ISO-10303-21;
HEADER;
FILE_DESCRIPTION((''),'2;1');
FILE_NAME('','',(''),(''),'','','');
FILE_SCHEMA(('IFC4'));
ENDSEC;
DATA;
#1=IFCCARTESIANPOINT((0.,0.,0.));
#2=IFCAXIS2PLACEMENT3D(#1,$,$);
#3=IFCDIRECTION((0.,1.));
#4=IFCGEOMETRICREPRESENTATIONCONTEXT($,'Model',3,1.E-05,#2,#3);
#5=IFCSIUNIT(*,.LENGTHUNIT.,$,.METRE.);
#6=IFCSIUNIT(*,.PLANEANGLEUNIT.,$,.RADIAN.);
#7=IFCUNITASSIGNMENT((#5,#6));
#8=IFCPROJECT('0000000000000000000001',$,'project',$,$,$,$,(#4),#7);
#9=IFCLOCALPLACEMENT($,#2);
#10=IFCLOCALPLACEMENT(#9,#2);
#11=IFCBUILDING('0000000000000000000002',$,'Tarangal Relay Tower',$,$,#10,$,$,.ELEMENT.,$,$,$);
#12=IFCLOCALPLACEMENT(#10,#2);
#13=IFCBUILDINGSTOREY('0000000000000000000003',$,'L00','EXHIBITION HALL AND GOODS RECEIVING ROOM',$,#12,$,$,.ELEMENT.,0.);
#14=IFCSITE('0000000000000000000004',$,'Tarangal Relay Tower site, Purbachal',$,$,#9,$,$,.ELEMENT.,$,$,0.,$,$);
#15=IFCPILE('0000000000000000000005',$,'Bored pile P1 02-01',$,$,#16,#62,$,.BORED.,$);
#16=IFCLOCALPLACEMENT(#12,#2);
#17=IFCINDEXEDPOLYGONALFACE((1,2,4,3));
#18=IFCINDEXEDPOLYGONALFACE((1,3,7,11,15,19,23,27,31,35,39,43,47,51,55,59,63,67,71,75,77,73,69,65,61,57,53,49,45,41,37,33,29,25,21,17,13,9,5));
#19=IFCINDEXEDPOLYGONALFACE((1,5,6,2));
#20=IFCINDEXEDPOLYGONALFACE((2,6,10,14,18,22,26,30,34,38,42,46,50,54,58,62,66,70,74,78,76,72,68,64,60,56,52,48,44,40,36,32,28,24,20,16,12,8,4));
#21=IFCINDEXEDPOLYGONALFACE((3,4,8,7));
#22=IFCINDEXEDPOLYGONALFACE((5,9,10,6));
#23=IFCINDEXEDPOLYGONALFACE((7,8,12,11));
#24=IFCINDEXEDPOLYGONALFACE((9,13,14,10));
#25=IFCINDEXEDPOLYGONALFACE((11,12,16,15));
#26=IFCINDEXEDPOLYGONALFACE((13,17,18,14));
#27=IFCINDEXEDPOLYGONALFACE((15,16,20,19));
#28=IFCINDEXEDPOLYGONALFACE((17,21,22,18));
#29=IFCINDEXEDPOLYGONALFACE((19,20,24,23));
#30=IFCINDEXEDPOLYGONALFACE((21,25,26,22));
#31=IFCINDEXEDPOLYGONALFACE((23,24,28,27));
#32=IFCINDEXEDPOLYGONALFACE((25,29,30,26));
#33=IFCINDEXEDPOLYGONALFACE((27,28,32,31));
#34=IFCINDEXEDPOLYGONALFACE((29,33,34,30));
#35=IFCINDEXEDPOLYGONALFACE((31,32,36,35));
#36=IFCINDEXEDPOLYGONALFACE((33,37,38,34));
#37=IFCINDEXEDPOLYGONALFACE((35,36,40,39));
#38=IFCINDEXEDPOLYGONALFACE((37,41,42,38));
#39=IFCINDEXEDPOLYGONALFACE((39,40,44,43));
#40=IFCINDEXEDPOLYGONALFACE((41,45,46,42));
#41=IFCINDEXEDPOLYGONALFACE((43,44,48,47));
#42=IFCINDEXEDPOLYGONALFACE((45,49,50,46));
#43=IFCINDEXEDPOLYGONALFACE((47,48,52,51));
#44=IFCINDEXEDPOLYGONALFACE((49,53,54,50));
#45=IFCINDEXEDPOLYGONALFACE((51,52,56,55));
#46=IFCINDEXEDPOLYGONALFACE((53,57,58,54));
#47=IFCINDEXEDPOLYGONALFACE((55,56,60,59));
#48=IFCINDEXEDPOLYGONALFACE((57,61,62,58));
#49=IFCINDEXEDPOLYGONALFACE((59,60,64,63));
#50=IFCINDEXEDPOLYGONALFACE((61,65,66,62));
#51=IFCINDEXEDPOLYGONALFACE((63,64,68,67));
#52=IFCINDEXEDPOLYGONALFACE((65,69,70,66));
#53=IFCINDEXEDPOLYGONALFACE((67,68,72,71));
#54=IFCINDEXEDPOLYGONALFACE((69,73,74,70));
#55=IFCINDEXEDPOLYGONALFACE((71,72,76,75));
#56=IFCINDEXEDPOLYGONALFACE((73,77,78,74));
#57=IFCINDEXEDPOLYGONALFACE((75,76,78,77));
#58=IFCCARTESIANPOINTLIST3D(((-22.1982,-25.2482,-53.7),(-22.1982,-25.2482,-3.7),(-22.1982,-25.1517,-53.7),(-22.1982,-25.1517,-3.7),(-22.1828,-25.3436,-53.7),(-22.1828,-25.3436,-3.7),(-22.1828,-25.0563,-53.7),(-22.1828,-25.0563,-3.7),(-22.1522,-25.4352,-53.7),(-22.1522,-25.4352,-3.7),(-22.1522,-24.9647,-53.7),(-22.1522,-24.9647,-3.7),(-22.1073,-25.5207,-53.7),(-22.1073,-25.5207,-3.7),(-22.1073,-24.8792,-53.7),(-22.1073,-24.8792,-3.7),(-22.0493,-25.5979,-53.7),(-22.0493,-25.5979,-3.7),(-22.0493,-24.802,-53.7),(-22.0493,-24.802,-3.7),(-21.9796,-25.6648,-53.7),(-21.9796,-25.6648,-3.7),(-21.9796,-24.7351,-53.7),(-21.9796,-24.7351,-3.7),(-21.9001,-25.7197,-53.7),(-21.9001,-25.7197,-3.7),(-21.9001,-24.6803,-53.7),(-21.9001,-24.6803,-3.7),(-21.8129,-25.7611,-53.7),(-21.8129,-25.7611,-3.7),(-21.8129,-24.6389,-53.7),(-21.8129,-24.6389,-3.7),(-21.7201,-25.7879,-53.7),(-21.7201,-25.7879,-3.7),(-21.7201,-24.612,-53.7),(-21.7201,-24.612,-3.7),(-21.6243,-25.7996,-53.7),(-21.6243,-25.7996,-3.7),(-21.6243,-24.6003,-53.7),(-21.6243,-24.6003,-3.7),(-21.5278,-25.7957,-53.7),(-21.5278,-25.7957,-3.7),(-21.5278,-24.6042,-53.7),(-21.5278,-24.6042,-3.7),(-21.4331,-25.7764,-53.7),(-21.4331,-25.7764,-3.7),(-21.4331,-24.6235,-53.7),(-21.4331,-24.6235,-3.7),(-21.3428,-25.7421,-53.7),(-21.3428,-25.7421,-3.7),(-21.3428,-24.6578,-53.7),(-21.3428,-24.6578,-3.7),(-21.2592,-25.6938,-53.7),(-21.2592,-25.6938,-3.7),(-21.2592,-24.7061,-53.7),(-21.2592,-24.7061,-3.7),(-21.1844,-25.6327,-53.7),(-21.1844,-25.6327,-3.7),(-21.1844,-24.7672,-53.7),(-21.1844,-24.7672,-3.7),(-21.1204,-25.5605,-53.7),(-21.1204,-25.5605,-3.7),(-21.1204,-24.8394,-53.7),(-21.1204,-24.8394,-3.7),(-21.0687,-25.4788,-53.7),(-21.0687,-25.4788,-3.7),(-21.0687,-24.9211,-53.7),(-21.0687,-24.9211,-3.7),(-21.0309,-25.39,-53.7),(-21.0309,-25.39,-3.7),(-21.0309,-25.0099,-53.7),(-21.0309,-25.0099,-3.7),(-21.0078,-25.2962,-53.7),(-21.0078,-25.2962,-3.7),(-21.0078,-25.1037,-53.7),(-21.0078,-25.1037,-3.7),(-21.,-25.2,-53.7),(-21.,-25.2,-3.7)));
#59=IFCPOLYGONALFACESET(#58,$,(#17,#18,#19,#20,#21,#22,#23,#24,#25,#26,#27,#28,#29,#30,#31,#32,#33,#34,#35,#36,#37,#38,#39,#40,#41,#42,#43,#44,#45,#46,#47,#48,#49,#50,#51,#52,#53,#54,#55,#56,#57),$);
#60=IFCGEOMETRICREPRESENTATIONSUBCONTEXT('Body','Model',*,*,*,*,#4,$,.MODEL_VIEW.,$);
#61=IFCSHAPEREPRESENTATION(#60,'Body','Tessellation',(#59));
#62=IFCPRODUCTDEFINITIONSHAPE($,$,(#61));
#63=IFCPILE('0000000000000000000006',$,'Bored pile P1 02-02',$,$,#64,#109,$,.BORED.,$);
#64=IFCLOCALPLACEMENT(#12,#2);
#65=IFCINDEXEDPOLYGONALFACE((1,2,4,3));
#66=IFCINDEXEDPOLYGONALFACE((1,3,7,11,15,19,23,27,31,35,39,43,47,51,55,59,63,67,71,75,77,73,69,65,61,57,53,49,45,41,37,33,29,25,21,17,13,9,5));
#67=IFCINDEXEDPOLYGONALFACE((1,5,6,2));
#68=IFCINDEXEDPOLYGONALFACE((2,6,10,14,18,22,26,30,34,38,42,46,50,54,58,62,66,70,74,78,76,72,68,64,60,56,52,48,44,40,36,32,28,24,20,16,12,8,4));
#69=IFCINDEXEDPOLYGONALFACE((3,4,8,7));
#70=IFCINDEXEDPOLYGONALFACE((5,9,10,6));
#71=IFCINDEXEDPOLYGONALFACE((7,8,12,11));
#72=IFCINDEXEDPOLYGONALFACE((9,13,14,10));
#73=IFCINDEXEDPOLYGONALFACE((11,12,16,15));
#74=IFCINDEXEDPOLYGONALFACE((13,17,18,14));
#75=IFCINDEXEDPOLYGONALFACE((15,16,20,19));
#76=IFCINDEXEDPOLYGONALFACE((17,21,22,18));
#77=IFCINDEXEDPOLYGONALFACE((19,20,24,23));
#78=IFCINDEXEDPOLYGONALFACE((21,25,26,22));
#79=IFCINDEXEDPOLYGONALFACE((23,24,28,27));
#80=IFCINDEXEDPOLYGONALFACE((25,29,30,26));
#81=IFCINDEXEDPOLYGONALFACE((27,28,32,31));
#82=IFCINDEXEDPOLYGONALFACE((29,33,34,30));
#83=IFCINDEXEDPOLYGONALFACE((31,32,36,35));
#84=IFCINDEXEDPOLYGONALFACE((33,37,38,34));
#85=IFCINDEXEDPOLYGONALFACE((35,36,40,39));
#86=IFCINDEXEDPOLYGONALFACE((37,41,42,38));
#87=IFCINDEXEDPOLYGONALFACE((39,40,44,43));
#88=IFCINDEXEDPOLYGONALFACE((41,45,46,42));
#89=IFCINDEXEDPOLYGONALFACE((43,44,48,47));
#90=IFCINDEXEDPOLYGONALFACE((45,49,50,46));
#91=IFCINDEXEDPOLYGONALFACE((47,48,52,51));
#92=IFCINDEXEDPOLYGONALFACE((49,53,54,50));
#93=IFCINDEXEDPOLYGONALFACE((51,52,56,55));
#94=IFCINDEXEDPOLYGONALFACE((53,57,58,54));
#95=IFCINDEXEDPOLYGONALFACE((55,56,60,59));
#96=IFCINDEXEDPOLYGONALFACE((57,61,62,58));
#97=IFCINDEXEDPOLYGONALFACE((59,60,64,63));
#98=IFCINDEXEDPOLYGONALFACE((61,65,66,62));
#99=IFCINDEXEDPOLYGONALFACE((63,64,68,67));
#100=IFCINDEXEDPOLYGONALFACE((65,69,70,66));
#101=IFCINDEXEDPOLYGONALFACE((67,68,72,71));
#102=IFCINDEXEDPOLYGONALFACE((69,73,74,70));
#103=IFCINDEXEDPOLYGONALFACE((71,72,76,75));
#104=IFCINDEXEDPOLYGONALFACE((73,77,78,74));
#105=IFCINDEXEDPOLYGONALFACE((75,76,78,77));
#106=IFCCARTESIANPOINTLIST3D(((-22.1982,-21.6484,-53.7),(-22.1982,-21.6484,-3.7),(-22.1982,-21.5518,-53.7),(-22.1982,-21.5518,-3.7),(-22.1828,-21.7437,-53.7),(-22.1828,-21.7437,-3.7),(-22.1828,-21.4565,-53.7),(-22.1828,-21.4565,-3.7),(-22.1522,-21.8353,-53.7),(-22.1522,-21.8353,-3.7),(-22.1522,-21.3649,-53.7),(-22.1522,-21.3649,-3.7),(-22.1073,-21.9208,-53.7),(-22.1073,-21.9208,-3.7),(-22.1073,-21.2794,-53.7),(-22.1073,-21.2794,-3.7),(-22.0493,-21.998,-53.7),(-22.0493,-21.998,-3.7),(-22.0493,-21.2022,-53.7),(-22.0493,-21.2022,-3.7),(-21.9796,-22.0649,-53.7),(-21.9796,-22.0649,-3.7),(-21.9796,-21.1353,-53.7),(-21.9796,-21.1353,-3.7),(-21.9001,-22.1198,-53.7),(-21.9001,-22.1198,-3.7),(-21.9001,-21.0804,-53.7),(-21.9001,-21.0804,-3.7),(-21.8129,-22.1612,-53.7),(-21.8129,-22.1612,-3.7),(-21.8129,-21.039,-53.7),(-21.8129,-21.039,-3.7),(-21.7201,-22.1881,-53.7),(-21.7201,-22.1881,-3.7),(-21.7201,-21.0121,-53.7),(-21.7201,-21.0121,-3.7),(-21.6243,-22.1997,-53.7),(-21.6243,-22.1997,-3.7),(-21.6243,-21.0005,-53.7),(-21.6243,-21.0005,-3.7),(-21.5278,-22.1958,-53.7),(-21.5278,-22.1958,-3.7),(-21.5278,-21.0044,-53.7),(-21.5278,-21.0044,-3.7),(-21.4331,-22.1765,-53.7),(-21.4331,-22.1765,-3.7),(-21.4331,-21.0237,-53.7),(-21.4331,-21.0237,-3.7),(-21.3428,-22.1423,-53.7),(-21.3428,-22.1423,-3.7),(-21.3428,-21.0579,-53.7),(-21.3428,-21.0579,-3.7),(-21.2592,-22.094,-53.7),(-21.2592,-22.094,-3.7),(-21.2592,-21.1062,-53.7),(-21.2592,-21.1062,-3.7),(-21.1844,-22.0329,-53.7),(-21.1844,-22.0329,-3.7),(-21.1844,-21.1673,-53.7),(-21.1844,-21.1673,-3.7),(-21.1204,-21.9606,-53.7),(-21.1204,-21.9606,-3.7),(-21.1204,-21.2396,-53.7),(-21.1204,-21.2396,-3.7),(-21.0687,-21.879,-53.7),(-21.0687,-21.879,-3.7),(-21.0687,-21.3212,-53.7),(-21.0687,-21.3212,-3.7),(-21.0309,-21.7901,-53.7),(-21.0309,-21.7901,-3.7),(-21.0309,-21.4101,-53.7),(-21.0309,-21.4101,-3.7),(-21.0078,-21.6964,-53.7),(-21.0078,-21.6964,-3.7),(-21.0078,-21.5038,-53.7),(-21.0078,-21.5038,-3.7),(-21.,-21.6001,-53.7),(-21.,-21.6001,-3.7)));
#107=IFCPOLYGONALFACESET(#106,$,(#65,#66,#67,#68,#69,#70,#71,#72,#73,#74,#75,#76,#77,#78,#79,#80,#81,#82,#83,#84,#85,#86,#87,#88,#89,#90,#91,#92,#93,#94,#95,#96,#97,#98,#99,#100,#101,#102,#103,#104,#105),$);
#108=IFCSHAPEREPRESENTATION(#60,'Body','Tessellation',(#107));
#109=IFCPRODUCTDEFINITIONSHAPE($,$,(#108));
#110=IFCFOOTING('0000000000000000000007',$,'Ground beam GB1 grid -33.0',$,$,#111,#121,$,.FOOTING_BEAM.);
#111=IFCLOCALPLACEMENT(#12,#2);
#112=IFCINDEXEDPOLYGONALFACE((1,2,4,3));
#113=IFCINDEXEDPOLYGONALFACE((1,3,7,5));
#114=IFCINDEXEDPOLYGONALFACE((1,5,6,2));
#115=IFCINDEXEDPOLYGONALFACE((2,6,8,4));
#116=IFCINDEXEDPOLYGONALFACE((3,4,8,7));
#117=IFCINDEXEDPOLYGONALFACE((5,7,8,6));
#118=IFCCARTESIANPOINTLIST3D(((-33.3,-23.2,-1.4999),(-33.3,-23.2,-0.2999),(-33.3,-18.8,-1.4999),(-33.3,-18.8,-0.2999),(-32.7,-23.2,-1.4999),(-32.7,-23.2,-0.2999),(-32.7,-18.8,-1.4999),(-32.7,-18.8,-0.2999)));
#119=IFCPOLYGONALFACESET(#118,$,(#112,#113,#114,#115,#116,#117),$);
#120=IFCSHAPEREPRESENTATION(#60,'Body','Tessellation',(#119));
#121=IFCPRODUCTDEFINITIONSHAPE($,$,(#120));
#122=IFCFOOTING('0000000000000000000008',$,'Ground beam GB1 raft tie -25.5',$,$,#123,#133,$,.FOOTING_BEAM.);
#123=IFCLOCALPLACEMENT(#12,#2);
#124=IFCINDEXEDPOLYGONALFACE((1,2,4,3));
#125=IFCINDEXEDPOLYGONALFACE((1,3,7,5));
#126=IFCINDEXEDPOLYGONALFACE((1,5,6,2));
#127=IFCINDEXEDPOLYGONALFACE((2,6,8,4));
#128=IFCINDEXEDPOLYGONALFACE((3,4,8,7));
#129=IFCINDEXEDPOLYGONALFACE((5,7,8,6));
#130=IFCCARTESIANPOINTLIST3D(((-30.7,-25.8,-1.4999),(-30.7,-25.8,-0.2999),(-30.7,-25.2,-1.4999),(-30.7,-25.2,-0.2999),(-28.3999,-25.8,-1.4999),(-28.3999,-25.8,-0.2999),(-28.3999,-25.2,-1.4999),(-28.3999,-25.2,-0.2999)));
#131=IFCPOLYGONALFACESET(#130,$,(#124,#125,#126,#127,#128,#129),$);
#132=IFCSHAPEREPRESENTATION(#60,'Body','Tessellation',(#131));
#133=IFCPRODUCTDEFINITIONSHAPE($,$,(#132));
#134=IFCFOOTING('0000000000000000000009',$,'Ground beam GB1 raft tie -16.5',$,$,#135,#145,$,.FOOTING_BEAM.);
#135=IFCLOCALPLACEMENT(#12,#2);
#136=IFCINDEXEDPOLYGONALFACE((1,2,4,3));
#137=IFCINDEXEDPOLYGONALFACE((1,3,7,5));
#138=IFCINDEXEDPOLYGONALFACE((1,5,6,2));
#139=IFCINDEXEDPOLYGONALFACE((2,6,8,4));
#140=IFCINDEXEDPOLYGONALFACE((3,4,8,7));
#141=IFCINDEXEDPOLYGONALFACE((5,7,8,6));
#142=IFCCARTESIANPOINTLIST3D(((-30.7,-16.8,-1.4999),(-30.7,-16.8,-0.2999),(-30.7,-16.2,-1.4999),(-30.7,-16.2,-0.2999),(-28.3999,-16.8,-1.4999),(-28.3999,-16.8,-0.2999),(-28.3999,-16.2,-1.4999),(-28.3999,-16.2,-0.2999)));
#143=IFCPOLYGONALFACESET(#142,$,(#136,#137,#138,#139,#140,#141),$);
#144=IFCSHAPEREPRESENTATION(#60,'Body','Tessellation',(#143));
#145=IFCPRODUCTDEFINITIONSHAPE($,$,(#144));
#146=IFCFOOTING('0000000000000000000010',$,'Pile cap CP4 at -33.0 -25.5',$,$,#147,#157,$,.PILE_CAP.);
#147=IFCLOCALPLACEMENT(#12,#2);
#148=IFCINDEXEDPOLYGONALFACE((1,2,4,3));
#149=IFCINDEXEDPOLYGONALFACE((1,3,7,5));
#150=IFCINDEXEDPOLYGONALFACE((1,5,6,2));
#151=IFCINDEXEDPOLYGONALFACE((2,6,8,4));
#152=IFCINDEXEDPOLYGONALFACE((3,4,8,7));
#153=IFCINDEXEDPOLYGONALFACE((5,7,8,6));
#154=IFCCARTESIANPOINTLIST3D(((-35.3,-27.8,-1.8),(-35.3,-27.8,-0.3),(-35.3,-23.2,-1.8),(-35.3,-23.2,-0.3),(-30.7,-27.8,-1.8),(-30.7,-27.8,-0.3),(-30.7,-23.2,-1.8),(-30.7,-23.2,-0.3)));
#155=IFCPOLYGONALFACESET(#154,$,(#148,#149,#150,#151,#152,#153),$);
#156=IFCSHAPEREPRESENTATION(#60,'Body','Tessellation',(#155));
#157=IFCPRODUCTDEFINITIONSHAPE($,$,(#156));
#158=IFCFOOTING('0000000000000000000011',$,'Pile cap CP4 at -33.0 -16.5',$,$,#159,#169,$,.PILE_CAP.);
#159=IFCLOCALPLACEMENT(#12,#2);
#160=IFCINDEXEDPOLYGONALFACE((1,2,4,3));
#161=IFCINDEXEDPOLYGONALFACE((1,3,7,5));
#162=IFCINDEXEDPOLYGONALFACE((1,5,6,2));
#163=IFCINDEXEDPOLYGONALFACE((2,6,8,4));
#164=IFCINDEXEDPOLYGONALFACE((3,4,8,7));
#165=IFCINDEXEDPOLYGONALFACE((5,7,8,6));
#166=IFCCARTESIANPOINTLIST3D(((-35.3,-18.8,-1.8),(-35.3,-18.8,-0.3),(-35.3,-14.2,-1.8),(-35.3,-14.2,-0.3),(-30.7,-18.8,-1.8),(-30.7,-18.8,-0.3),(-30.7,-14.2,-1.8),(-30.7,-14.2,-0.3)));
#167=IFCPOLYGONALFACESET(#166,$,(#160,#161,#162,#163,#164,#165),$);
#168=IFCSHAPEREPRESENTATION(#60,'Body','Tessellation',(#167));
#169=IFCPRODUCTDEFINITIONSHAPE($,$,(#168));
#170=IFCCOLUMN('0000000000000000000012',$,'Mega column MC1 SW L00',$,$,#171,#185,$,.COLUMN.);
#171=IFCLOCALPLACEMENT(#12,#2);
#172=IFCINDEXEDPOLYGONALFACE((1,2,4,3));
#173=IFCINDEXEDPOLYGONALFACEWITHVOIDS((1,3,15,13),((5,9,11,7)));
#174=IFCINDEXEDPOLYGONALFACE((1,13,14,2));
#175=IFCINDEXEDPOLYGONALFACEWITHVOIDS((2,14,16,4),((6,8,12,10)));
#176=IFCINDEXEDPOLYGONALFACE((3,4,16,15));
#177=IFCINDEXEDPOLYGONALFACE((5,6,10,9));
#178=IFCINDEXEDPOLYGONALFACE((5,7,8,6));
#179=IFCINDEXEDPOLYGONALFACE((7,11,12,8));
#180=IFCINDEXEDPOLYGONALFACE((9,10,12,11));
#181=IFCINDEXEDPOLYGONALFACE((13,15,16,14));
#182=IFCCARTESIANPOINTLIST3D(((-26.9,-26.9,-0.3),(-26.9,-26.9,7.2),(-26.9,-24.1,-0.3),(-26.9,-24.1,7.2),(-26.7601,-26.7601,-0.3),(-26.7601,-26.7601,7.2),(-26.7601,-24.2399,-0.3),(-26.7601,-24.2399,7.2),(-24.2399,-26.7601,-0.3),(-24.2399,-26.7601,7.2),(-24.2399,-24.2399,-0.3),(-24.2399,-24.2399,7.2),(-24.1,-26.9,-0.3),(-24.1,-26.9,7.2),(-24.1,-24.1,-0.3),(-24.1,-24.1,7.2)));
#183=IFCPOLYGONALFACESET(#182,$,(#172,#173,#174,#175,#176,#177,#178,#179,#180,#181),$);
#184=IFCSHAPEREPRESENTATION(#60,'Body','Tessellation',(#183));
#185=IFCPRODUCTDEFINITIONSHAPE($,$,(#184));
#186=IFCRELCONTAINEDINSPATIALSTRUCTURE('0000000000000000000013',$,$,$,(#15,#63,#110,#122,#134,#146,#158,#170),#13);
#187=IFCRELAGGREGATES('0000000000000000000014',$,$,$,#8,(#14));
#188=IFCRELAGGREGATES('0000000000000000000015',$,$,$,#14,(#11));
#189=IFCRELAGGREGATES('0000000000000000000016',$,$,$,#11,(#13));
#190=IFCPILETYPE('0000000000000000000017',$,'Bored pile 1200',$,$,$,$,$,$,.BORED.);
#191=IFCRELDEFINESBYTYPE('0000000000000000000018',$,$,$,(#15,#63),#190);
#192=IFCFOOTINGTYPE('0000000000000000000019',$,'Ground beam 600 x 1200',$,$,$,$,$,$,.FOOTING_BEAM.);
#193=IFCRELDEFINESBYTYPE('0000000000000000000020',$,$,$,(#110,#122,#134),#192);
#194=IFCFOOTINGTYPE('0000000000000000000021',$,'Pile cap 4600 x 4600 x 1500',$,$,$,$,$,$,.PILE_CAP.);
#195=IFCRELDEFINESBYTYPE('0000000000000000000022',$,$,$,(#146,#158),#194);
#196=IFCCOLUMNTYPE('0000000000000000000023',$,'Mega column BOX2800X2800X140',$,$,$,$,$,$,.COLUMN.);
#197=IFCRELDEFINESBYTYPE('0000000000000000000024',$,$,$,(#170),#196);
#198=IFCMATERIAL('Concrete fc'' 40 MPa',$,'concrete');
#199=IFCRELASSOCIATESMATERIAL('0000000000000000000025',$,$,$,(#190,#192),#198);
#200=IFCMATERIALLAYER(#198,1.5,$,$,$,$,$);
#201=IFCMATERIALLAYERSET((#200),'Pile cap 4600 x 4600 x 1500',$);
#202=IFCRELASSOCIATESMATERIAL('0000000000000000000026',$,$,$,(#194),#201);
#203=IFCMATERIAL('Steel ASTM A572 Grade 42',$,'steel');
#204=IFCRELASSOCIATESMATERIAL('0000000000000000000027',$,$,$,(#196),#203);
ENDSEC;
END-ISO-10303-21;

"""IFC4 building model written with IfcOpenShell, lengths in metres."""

from ifc_helpers import new_model, si_unit, direction, frame, origin, origin_2d, place, context, subcontext, project, spatial, rectangle, hollow_rectangle, circle, extrude, material, layer, layer_set, material_profile, profile_set, type_object, element, save


model = new_model("IFC4")

# Units and contexts
model_context = context("Model", 3, precision=1e-05, world=origin(), true_north=direction((0.0, 1.0)))
body_context = subcontext(model_context, "Body", "Model", "MODEL_VIEW")
ifc_project = project(units=[si_unit("LENGTHUNIT", "METRE"), si_unit("PLANEANGLEUNIT", "RADIAN")], contexts=[model_context])

# Site, building, storey
site_placement = place(None, origin())
site = spatial("IfcSite", under=ifc_project, at=site_placement, Name="Tarangal Relay Tower site, Purbachal", CompositionType="ELEMENT", RefElevation=0.0)
building_placement = place(site_placement, origin())
building = spatial("IfcBuilding", under=site, at=building_placement, Name="Tarangal Relay Tower", CompositionType="ELEMENT")
storey_placement = place(building_placement, origin())
storey = spatial("IfcBuildingStorey", under=building, at=storey_placement, Name="L00", Description="EXHIBITION HALL AND GOODS RECEIVING ROOM", CompositionType="ELEMENT", Elevation=0.0)

# Piles
ifc_material_1 = material(Name="Concrete fc' 40 MPa", Category="concrete")
ifc_material_profile_1 = material_profile(ifc_material_1, circle(Radius=0.6001, at=origin_2d()), Name="D1200")
ifc_profile_set_1 = profile_set([ifc_material_profile_1], Name="Concrete fc' 40 MPa")
pile_type_1 = type_object("IfcPileType", Name="Bored pile 1200", PredefinedType="BORED", material=ifc_profile_set_1)
for number, where, z_axis, x_axis, name in (
    (1, (-21.6001, -25.2, -3.7), (0.0, 0.0, -1.0), (1.0, 0.0, 0.0), "Bored pile P1 02-01"),
    (2, (-21.6001, -21.6001, -3.7), (0.0, 0.0, -1.0), (1.0, 0.0, 0.0), "Bored pile P1 02-02"),
):
    element("IfcPile", number, at=place(storey_placement, frame(where, z_axis=z_axis, x_axis=x_axis)), inside=storey, type_object=pile_type_1, Name=name, PredefinedType="BORED", context=body_context, shape_type="SweptSolid", body=[
        extrude(circle(Radius=0.6001, at=origin_2d()), origin(), (0.0, 0.0, 1.0), 50.0),
    ])

# Footings
ifc_material_profile_2 = material_profile(ifc_material_1, rectangle(XDim=0.6001, YDim=1.2, at=origin_2d()), Name="GB 600X1200")
ifc_profile_set_2 = profile_set([ifc_material_profile_2], Name="Concrete fc' 40 MPa")
footing_type_1 = type_object("IfcFootingType", Name="Ground beam 600 x 1200", PredefinedType="FOOTING_BEAM", material=ifc_profile_set_2)
footing_placement = place(storey_placement, frame((-33.0, -23.2, -0.8999), z_axis=(0.0, 1.0, 0.0), x_axis=(-1.0, 0.0, 0.0)))
element("IfcFooting", 3, at=footing_placement, inside=storey, type_object=footing_type_1, Name="Ground beam GB1 grid -33.0", PredefinedType="FOOTING_BEAM", context=body_context, shape_type="SweptSolid", body=[
    extrude(rectangle(XDim=0.6001, YDim=1.2, at=origin_2d()), origin(), (0.0, 0.0, 1.0), 4.3999),
])
for number, where, z_axis, x_axis, name in (
    (4, (-28.3999, -25.5, -0.8999), (-1.0, 0.0, 0.0), (0.0, -1.0, 0.0), "Ground beam GB1 raft tie -25.5"),
    (5, (-28.3999, -16.5, -0.8999), (-1.0, 0.0, 0.0), (0.0, -1.0, 0.0), "Ground beam GB1 raft tie -16.5"),
):
    element("IfcFooting", number, at=place(storey_placement, frame(where, z_axis=z_axis, x_axis=x_axis)), inside=storey, type_object=footing_type_1, Name=name, PredefinedType="FOOTING_BEAM", context=body_context, shape_type="SweptSolid", body=[
        extrude(rectangle(XDim=0.6001, YDim=1.2, at=origin_2d()), origin(), (0.0, 0.0, 1.0), 2.3),
    ])
ifc_layer_1 = layer(ifc_material_1, 1.5)
ifc_layer_set_1 = layer_set([ifc_layer_1], Name="Pile cap 4600 x 4600 x 1500")
footing_type_2 = type_object("IfcFootingType", Name="Pile cap 4600 x 4600 x 1500", PredefinedType="PILE_CAP", material=ifc_layer_set_1)
for number, where, z_axis, x_axis, name in (
    (6, (-33.0, -25.5, -1.8), (0.0, 0.0, 1.0), (1.0, 0.0, 0.0), "Pile cap CP4 at -33.0 -25.5"),
    (7, (-33.0, -16.5, -1.8), (0.0, 0.0, 1.0), (1.0, 0.0, 0.0), "Pile cap CP4 at -33.0 -16.5"),
):
    element("IfcFooting", number, at=place(storey_placement, frame(where, z_axis=z_axis, x_axis=x_axis)), inside=storey, type_object=footing_type_2, Name=name, PredefinedType="PILE_CAP", context=body_context, shape_type="SweptSolid", body=[
        extrude(rectangle(XDim=4.6001, YDim=4.6001, at=origin_2d()), origin(), (0.0, 0.0, 1.0), 1.5),
    ])

# Column
ifc_material_2 = material(Name="Steel ASTM A572 Grade 42", Category="steel")
ifc_material_profile_3 = material_profile(ifc_material_2, hollow_rectangle(XDim=2.8, YDim=2.8, WallThickness=0.1399, at=origin_2d()), Name="BOX2800X2800X140")
ifc_profile_set_3 = profile_set([ifc_material_profile_3], Name="Steel ASTM A572 Grade 42")
column_type_1 = type_object("IfcColumnType", Name="Mega column BOX2800X2800X140", PredefinedType="COLUMN", material=ifc_profile_set_3)
column_placement = place(storey_placement, frame((-25.5, -25.5, -0.3), z_axis=(0.0, 0.0, 1.0), x_axis=(1.0, 0.0, 0.0)))
element("IfcColumn", 8, at=column_placement, inside=storey, type_object=column_type_1, Name="Mega column MC1 SW L00", PredefinedType="COLUMN", context=body_context, shape_type="SweptSolid", body=[
    extrude(hollow_rectangle(XDim=2.8, YDim=2.8, WallThickness=0.1399, at=origin_2d()), origin(), (0.0, 0.0, 1.0), 7.5),
])

save(model, "model.ifc")
